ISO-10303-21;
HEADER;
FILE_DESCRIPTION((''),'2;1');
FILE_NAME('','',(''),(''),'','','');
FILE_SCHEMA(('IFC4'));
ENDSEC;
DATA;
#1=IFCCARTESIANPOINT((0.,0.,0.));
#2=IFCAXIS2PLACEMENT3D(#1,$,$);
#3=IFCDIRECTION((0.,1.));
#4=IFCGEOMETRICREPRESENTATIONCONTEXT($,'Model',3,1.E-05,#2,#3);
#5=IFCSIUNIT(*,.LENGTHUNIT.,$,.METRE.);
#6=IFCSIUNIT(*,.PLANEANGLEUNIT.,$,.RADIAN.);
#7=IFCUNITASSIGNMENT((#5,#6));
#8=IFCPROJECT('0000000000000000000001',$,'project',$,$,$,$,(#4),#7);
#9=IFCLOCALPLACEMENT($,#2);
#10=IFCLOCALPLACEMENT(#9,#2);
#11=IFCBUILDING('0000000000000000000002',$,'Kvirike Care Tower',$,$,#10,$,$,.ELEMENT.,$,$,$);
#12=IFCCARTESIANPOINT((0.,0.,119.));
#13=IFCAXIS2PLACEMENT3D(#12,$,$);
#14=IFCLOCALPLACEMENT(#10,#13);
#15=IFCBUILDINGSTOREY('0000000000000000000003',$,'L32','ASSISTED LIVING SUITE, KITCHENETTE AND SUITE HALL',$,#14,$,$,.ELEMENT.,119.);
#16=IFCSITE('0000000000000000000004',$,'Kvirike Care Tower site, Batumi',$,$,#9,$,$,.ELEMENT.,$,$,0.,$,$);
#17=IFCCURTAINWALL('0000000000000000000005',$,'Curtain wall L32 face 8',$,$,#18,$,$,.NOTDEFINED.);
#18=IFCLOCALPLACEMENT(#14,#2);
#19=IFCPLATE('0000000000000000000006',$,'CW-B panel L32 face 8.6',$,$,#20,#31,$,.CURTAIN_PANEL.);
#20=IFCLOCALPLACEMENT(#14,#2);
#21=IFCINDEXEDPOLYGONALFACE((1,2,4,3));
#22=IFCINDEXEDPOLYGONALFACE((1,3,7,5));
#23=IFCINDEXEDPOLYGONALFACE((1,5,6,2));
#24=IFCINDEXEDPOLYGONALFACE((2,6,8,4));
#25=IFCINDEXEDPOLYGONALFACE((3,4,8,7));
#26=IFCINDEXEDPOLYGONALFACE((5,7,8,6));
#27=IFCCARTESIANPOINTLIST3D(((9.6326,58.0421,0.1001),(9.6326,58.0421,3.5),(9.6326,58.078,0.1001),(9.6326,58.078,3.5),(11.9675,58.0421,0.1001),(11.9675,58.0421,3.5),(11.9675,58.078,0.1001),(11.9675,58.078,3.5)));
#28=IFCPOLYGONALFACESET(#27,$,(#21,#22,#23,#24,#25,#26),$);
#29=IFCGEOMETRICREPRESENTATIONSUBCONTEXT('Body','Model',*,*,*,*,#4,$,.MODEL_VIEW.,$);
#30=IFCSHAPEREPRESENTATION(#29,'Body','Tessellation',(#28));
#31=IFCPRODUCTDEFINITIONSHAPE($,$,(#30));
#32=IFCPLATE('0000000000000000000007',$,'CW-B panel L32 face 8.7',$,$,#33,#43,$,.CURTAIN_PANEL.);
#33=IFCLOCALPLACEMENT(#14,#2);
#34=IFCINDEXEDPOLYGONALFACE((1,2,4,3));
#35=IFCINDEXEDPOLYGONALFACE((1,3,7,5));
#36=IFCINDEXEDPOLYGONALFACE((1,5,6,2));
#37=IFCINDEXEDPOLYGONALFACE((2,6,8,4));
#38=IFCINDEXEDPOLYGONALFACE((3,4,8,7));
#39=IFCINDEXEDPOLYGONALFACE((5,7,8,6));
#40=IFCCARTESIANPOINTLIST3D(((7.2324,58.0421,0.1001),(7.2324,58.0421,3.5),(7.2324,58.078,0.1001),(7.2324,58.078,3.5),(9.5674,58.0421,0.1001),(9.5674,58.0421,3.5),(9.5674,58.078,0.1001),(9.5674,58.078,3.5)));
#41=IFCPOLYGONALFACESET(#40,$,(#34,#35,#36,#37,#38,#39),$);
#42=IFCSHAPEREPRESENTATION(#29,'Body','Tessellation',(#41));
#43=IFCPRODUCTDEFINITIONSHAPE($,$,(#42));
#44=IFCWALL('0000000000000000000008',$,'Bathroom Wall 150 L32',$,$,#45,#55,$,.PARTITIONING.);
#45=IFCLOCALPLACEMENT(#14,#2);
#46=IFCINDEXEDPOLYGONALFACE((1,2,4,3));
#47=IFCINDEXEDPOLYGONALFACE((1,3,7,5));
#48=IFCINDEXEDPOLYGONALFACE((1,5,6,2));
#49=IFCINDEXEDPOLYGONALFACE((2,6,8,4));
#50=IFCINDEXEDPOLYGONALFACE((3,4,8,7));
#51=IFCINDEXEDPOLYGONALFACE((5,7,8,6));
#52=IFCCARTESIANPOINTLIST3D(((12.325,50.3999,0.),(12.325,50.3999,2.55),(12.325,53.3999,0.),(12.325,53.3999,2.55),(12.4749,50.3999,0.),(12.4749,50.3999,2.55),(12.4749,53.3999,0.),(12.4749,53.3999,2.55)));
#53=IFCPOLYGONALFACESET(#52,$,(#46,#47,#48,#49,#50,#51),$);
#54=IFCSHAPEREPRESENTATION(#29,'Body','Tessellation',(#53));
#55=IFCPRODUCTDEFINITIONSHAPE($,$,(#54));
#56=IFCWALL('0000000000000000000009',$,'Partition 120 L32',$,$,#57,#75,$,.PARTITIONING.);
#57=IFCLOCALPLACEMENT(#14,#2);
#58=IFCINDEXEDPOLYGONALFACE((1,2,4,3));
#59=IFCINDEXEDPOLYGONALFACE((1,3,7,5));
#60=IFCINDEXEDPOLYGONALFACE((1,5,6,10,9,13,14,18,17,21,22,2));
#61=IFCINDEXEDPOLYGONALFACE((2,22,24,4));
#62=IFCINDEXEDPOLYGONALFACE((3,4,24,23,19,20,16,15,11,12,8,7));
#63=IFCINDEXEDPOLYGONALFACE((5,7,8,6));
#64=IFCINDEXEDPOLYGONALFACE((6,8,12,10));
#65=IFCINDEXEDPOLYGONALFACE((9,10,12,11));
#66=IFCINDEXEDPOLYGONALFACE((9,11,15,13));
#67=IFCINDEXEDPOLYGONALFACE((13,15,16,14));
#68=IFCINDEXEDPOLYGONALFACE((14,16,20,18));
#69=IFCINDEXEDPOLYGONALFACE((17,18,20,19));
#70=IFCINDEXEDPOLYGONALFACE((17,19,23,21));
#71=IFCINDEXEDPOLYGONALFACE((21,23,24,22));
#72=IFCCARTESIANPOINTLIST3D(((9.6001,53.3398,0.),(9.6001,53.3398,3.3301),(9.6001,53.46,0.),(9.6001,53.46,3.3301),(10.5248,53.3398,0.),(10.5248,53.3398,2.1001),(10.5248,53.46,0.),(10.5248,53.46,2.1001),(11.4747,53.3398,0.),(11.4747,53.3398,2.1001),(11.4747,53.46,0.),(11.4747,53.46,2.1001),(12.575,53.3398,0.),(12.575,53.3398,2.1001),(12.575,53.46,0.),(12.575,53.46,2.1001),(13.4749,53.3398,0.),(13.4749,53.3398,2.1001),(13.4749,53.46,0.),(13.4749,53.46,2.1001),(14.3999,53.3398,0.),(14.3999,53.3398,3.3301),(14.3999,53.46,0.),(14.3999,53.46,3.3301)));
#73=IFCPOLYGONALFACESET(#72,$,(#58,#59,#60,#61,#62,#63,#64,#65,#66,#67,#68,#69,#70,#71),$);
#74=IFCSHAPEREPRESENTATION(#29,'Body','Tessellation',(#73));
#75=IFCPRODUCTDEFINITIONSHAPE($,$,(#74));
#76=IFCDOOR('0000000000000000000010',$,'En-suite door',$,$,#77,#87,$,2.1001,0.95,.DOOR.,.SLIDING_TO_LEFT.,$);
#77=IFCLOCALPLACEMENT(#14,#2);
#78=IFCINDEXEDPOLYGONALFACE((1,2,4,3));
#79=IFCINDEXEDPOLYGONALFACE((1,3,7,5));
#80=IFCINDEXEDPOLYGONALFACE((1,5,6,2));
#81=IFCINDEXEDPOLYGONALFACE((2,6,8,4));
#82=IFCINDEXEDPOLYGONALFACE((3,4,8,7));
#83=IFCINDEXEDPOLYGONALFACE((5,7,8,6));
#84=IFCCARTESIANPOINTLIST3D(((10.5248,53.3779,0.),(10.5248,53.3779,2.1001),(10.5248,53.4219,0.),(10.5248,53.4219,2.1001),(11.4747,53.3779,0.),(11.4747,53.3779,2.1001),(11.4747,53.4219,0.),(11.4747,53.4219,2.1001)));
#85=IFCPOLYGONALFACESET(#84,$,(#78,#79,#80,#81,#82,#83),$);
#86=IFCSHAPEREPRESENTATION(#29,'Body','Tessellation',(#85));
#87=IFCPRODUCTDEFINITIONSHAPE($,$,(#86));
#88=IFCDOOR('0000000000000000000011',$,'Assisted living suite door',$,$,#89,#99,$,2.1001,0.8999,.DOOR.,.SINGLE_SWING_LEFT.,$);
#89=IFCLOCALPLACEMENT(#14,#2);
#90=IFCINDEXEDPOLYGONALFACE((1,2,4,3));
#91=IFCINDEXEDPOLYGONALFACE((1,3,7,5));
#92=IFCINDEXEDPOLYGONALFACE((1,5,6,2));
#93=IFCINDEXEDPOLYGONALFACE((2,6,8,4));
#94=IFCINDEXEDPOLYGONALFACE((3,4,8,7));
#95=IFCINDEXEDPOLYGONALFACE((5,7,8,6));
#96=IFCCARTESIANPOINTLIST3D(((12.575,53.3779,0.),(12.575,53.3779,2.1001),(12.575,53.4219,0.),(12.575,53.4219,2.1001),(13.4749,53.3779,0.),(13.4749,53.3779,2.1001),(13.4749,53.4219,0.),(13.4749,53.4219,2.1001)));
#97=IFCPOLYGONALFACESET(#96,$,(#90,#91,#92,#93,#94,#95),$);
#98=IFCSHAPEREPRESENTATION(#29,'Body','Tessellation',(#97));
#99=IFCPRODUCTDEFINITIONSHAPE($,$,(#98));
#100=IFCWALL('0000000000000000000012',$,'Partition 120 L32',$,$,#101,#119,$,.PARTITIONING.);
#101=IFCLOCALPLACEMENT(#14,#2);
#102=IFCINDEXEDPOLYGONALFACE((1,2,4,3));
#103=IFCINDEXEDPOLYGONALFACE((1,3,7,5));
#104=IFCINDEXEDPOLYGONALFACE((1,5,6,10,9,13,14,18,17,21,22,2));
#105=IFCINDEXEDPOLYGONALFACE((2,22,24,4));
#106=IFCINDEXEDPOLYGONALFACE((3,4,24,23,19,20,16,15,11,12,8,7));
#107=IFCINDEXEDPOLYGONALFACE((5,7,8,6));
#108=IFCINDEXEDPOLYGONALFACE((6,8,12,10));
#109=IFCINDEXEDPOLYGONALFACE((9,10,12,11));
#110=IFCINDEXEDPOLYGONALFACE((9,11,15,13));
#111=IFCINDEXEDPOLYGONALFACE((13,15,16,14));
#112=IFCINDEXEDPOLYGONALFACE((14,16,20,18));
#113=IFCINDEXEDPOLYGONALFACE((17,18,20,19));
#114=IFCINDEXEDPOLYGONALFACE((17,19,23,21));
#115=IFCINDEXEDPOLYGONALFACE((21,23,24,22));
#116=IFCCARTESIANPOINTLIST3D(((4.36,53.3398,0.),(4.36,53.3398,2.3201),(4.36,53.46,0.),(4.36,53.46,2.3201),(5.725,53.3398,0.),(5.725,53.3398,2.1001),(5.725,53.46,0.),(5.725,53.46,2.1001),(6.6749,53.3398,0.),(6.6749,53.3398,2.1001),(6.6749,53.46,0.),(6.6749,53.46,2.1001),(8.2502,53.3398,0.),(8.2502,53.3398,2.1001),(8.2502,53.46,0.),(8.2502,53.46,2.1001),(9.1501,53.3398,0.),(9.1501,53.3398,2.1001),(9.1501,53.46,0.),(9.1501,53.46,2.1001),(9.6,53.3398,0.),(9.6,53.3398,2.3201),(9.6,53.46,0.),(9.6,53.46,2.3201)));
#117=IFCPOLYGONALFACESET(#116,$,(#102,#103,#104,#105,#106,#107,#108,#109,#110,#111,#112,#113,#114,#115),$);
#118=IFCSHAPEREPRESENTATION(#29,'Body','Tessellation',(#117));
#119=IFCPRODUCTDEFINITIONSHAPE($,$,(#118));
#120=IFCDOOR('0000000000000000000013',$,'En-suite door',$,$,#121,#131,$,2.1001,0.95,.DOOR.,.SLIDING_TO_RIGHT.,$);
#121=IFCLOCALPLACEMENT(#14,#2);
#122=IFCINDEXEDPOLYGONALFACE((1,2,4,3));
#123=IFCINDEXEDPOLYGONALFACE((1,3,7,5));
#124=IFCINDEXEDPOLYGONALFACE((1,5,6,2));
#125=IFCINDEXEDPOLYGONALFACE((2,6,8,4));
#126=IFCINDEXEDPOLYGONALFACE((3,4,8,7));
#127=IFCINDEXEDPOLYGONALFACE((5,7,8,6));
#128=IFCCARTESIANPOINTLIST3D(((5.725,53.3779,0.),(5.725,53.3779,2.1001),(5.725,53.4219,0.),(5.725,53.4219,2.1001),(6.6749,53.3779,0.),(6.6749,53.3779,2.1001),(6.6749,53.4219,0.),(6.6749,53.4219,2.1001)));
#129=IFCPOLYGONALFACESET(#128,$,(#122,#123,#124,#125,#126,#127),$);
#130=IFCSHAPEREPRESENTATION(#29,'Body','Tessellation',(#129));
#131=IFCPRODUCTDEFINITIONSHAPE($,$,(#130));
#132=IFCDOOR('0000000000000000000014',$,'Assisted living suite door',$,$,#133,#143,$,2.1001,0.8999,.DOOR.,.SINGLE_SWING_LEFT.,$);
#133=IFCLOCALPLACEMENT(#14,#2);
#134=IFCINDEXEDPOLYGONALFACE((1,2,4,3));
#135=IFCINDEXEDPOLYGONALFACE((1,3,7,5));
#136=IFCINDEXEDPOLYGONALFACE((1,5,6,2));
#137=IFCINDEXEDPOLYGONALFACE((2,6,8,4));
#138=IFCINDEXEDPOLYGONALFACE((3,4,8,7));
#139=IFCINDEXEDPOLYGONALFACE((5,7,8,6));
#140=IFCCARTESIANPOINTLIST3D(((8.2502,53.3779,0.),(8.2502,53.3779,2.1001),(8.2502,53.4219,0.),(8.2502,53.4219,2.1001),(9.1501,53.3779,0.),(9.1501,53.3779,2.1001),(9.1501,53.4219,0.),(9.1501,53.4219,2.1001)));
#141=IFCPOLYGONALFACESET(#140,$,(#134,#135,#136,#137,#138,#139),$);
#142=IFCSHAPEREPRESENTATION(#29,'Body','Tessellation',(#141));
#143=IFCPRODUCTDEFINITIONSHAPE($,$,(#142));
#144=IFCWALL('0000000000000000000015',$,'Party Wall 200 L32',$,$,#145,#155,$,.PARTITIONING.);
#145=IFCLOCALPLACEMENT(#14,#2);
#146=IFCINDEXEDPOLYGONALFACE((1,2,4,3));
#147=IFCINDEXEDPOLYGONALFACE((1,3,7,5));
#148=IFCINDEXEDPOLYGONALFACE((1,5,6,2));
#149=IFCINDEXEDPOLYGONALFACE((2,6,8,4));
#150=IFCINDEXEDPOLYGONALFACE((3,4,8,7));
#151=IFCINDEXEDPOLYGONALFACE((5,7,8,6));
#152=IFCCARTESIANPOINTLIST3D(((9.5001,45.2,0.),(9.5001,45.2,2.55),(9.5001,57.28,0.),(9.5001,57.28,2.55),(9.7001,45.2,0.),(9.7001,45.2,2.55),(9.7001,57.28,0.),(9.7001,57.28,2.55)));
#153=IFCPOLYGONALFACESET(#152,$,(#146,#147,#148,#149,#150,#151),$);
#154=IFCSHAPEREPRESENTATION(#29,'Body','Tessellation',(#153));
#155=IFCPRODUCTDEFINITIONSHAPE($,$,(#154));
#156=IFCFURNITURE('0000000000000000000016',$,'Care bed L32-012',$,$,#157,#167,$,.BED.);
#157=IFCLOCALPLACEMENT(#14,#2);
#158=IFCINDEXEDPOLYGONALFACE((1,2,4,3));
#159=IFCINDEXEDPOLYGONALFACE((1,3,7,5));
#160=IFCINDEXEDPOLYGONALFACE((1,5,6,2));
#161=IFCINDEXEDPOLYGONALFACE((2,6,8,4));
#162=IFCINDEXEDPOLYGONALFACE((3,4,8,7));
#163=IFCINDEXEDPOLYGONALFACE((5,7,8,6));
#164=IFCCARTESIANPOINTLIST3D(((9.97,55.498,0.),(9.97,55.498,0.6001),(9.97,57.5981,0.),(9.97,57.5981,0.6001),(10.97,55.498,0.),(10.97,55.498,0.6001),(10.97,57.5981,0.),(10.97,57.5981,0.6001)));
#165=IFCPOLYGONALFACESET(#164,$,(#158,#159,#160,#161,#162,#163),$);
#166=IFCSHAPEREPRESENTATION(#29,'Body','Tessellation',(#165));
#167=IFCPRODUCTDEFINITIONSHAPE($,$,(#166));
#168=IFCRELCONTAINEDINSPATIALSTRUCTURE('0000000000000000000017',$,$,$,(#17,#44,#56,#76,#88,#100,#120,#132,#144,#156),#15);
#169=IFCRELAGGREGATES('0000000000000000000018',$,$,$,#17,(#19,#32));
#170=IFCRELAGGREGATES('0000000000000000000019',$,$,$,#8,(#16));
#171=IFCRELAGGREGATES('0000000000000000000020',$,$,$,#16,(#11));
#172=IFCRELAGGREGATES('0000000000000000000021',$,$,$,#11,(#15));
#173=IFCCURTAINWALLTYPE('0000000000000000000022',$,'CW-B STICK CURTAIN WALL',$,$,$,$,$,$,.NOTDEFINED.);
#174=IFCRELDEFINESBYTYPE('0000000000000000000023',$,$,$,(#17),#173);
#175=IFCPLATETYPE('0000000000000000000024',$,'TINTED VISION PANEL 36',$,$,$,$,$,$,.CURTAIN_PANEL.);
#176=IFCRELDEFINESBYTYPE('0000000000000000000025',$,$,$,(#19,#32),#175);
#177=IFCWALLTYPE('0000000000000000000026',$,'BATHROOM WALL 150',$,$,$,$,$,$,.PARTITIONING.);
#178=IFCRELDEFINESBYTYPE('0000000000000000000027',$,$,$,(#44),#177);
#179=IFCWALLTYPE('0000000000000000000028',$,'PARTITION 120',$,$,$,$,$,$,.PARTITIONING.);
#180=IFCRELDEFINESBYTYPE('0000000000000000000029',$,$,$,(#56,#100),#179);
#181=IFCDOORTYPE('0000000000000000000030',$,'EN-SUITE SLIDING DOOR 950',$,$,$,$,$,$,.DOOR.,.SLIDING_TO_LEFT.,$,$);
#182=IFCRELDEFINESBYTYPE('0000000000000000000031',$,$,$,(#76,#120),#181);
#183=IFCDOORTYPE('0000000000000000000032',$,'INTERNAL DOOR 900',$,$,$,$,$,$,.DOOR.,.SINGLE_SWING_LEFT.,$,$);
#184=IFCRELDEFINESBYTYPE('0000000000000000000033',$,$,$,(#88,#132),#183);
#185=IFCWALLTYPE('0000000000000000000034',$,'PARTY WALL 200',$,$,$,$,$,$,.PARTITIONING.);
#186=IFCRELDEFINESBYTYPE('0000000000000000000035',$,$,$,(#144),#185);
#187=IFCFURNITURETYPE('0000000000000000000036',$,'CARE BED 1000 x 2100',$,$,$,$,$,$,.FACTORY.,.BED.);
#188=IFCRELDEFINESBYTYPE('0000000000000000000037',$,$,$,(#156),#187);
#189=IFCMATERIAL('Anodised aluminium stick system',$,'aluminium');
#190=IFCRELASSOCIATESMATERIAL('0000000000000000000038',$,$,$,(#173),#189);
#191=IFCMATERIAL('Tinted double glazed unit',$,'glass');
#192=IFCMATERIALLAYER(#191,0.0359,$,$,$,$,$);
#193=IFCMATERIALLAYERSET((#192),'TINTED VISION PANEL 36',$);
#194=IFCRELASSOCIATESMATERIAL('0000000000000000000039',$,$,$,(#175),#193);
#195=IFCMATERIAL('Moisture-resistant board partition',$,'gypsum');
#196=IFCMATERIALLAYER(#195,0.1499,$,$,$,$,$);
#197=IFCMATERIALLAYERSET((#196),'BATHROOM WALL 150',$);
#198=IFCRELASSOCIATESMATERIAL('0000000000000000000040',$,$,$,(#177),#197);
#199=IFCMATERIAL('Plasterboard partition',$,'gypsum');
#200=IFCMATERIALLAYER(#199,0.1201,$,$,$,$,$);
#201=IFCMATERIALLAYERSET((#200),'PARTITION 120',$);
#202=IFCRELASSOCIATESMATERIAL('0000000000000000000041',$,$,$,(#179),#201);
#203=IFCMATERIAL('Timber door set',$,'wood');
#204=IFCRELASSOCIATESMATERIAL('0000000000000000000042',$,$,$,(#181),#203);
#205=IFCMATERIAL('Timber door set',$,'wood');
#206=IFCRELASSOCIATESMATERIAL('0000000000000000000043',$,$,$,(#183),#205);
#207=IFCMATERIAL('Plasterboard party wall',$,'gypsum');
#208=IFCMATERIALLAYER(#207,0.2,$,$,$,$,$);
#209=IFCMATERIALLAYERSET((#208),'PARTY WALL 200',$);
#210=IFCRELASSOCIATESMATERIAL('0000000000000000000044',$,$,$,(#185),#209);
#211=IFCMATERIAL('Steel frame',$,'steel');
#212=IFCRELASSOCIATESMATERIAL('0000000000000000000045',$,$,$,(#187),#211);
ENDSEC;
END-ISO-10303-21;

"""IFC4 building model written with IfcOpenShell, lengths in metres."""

from ifc_helpers import new_model, si_unit, direction, frame, frame_2d, origin, origin_2d, place, context, subcontext, project, spatial, rectangle, extrude, material, layer, layer_set, type_object, element, fill, aggregate, save


model = new_model("IFC4")

# Units and contexts
model_context = context("Model", 3, precision=1e-05, world=origin(), true_north=direction((0.0, 1.0)))
body_context = subcontext(model_context, "Body", "Model", "MODEL_VIEW")
ifc_project = project(units=[si_unit("LENGTHUNIT", "METRE"), si_unit("PLANEANGLEUNIT", "RADIAN")], contexts=[model_context])

# Site, building, storey
site_placement = place(None, origin())
site = spatial("IfcSite", under=ifc_project, at=site_placement, Name="Kvirike Care Tower site, Batumi", CompositionType="ELEMENT", RefElevation=0.0)
building_placement = place(site_placement, origin())
building = spatial("IfcBuilding", under=site, at=building_placement, Name="Kvirike Care Tower", CompositionType="ELEMENT")
storey_placement = place(building_placement, frame((0.0, 0.0, 119.0)))
storey = spatial("IfcBuildingStorey", under=building, at=storey_placement, Name="L32", Description="ASSISTED LIVING SUITE, KITCHENETTE AND SUITE HALL", CompositionType="ELEMENT", Elevation=119.0)

# Curtain wall
ifc_material_1 = material(Name="Anodised aluminium stick system", Category="aluminium")
curtain_wall_type = type_object("IfcCurtainWallType", Name="CW-B STICK CURTAIN WALL", PredefinedType="NOTDEFINED", material=ifc_material_1)
curtain_wall_placement = place(storey_placement, origin())
curtain_wall = element("IfcCurtainWall", 1, at=curtain_wall_placement, inside=storey, type_object=curtain_wall_type, Name="Curtain wall L32 face 8", PredefinedType="NOTDEFINED")

# Plates
ifc_material_2 = material(Name="Tinted double glazed unit", Category="glass")
ifc_layer_1 = layer(ifc_material_2, 0.0359)
ifc_layer_set_1 = layer_set([ifc_layer_1], Name="TINTED VISION PANEL 36")
plate_type = type_object("IfcPlateType", Name="TINTED VISION PANEL 36", PredefinedType="CURTAIN_PANEL", material=ifc_layer_set_1)
plate_1_placement = place(storey_placement, frame((10.8, 58.0601, 0.1001), z_axis=(0.0, 0.0, 1.0), x_axis=(-1.0, 0.0, 0.0)))
plate_1 = element("IfcPlate", 2, at=plate_1_placement, type_object=plate_type, Name="CW-B panel L32 face 8.6", PredefinedType="CURTAIN_PANEL", context=body_context, shape_type="SweptSolid", body=[
    extrude(rectangle(XDim=2.335, YDim=0.0359, at=origin_2d()), origin(), (0.0, 0.0, 1.0), 3.3999),
])
plate_2_placement = place(storey_placement, frame((8.3999, 58.0601, 0.1001), z_axis=(0.0, 0.0, 1.0), x_axis=(-1.0, 0.0, 0.0)))
plate_2 = element("IfcPlate", 3, at=plate_2_placement, type_object=plate_type, Name="CW-B panel L32 face 8.7", PredefinedType="CURTAIN_PANEL", context=body_context, shape_type="SweptSolid", body=[
    extrude(rectangle(XDim=2.335, YDim=0.0359, at=origin_2d()), origin(), (0.0, 0.0, 1.0), 3.3999),
])
aggregate(curtain_wall, [plate_1, plate_2])

# Wall
ifc_material_3 = material(Name="Moisture-resistant board partition", Category="gypsum")
ifc_layer_2 = layer(ifc_material_3, 0.1499)
ifc_layer_set_2 = layer_set([ifc_layer_2], Name="BATHROOM WALL 150")
wall_type_1 = type_object("IfcWallType", Name="BATHROOM WALL 150", PredefinedType="PARTITIONING", material=ifc_layer_set_2)
wall_1_placement = place(storey_placement, frame((12.3999, 53.3999, 0.0), z_axis=(0.0, 0.0, 1.0), x_axis=(0.0, -1.0, 0.0)))
element("IfcWall", 4, at=wall_1_placement, inside=storey, type_object=wall_type_1, Name="Bathroom Wall 150 L32", PredefinedType="PARTITIONING", context=body_context, shape_type="SweptSolid", body=[
    extrude(rectangle(XDim=3.0, YDim=0.1499, at=frame_2d((1.5, 0.0))), origin(), (0.0, 0.0, 1.0), 2.55),
])

# Walls, openings, doors
ifc_material_4 = material(Name="Plasterboard partition", Category="gypsum")
ifc_layer_3 = layer(ifc_material_4, 0.1201)
ifc_layer_set_3 = layer_set([ifc_layer_3], Name="PARTITION 120")
wall_type_2 = type_object("IfcWallType", Name="PARTITION 120", PredefinedType="PARTITIONING", material=ifc_layer_set_3)
wall_2_placement = place(storey_placement, frame((14.3999, 53.3999, 0.0), z_axis=(0.0, 0.0, 1.0), x_axis=(-1.0, 0.0, 0.0)))
wall_2 = element("IfcWall", 5, at=wall_2_placement, inside=storey, type_object=wall_type_2, Name="Partition 120 L32", PredefinedType="PARTITIONING", context=body_context, shape_type="SweptSolid", body=[
    extrude(rectangle(XDim=4.7998, YDim=0.1201, at=frame_2d((2.3999, 0.0))), origin(), (0.0, 0.0, 1.0), 3.3301),
])
opening_1_placement = place(wall_2_placement, frame((0.925, 0.0, 0.0)))
opening_1 = element("IfcOpeningElement", 6, at=opening_1_placement, cuts=wall_2, PredefinedType="OPENING", context=body_context, shape_type="SweptSolid", body=[
    extrude(rectangle(XDim=0.8999, YDim=2.1001, at=frame_2d((0.45, 1.05))), frame((0.0, 0.0706, 0.0), z_axis=(0.0, -1.0, 0.0), x_axis=(1.0, 0.0, 0.0)), (0.0, 0.0, 1.0), 0.1411),
])
opening_2_placement = place(wall_2_placement, frame((2.925, 0.0, 0.0)))
opening_2 = element("IfcOpeningElement", 7, at=opening_2_placement, cuts=wall_2, PredefinedType="OPENING", context=body_context, shape_type="SweptSolid", body=[
    extrude(rectangle(XDim=0.95, YDim=2.1001, at=frame_2d((0.4751, 1.05))), frame((0.0, 0.0706, 0.0), z_axis=(0.0, -1.0, 0.0), x_axis=(1.0, 0.0, 0.0)), (0.0, 0.0, 1.0), 0.1411),
])
ifc_material_5 = material(Name="Timber door set", Category="wood")
door_type_1 = type_object("IfcDoorType", Name="EN-SUITE SLIDING DOOR 950", OperationType="SLIDING_TO_LEFT", PredefinedType="DOOR", material=ifc_material_5)
door_1_placement = place(opening_2_placement, origin())
door_1 = element("IfcDoor", 8, at=door_1_placement, inside=storey, type_object=door_type_1, Name="En-suite door", OperationType="SLIDING_TO_LEFT", OverallHeight=2.1001, OverallWidth=0.95, PredefinedType="DOOR", context=body_context, shape_type="SweptSolid", body=[
    extrude(rectangle(XDim=0.95, YDim=2.1001, at=frame_2d((0.4751, 1.05))), frame((0.0, 0.022, 0.0), z_axis=(0.0, -1.0, 0.0), x_axis=(1.0, 0.0, 0.0)), (0.0, 0.0, 1.0), 0.0439),
])
fill(opening_2, door_1)
ifc_material_6 = material(Name="Timber door set", Category="wood")
door_type_2 = type_object("IfcDoorType", Name="INTERNAL DOOR 900", OperationType="SINGLE_SWING_LEFT", PredefinedType="DOOR", material=ifc_material_6)
door_2_placement = place(opening_1_placement, origin())
door_2 = element("IfcDoor", 9, at=door_2_placement, inside=storey, type_object=door_type_2, Name="Assisted living suite door", OperationType="SINGLE_SWING_LEFT", OverallHeight=2.1001, OverallWidth=0.8999, PredefinedType="DOOR", context=body_context, shape_type="SweptSolid", body=[
    extrude(rectangle(XDim=0.8999, YDim=2.1001, at=frame_2d((0.45, 1.05))), frame((0.0, 0.022, 0.0), z_axis=(0.0, -1.0, 0.0), x_axis=(1.0, 0.0, 0.0)), (0.0, 0.0, 1.0), 0.0439),
])
fill(opening_1, door_2)
wall_3_placement = place(storey_placement, frame((9.6001, 53.3999, 0.0), z_axis=(0.0, 0.0, 1.0), x_axis=(-1.0, 0.0, 0.0)))
wall_3 = element("IfcWall", 10, at=wall_3_placement, inside=storey, type_object=wall_type_2, Name="Partition 120 L32", PredefinedType="PARTITIONING", context=body_context, shape_type="SweptSolid", body=[
    extrude(rectangle(XDim=5.24, YDim=0.1201, at=frame_2d((2.6201, 0.0))), origin(), (0.0, 0.0, 1.0), 2.3201),
])
opening_3_placement = place(wall_3_placement, frame((0.45, 0.0, 0.0)))
opening_3 = element("IfcOpeningElement", 11, at=opening_3_placement, cuts=wall_3, PredefinedType="OPENING", context=body_context, shape_type="SweptSolid", body=[
    extrude(rectangle(XDim=0.8999, YDim=2.1001, at=frame_2d((0.45, 1.05))), frame((0.0, 0.0706, 0.0), z_axis=(0.0, -1.0, 0.0), x_axis=(1.0, 0.0, 0.0)), (0.0, 0.0, 1.0), 0.1411),
])
opening_4_placement = place(wall_3_placement, frame((2.925, 0.0, 0.0)))
opening_4 = element("IfcOpeningElement", 12, at=opening_4_placement, cuts=wall_3, PredefinedType="OPENING", context=body_context, shape_type="SweptSolid", body=[
    extrude(rectangle(XDim=0.95, YDim=2.1001, at=frame_2d((0.4751, 1.05))), frame((0.0, 0.0706, 0.0), z_axis=(0.0, -1.0, 0.0), x_axis=(1.0, 0.0, 0.0)), (0.0, 0.0, 1.0), 0.1411),
])
door_3_placement = place(opening_4_placement, origin())
door_3 = element("IfcDoor", 13, at=door_3_placement, inside=storey, type_object=door_type_1, Name="En-suite door", OperationType="SLIDING_TO_RIGHT", OverallHeight=2.1001, OverallWidth=0.95, PredefinedType="DOOR", context=body_context, shape_type="SweptSolid", body=[
    extrude(rectangle(XDim=0.95, YDim=2.1001, at=frame_2d((0.4751, 1.05))), frame((0.0, 0.022, 0.0), z_axis=(0.0, -1.0, 0.0), x_axis=(1.0, 0.0, 0.0)), (0.0, 0.0, 1.0), 0.0439),
])
fill(opening_4, door_3)
door_4_placement = place(opening_3_placement, frame((0.8999, 0.0, 0.0), z_axis=(0.0, 0.0, 1.0), x_axis=(-1.0, 0.0, 0.0)))
door_4 = element("IfcDoor", 14, at=door_4_placement, inside=storey, type_object=door_type_2, Name="Assisted living suite door", OperationType="SINGLE_SWING_LEFT", OverallHeight=2.1001, OverallWidth=0.8999, PredefinedType="DOOR", context=body_context, shape_type="SweptSolid", body=[
    extrude(rectangle(XDim=0.8999, YDim=2.1001, at=frame_2d((0.45, 1.05))), frame((0.0, 0.022, 0.0), z_axis=(0.0, -1.0, 0.0), x_axis=(1.0, 0.0, 0.0)), (0.0, 0.0, 1.0), 0.0439),
])
fill(opening_3, door_4)

# Wall
ifc_material_7 = material(Name="Plasterboard party wall", Category="gypsum")
ifc_layer_4 = layer(ifc_material_7, 0.2)
ifc_layer_set_4 = layer_set([ifc_layer_4], Name="PARTY WALL 200")
wall_type_3 = type_object("IfcWallType", Name="PARTY WALL 200", PredefinedType="PARTITIONING", material=ifc_layer_set_4)
wall_4_placement = place(storey_placement, frame((9.6001, 57.28, 0.0), z_axis=(0.0, 0.0, 1.0), x_axis=(0.0, -1.0, 0.0)))
element("IfcWall", 15, at=wall_4_placement, inside=storey, type_object=wall_type_3, Name="Party Wall 200 L32", PredefinedType="PARTITIONING", context=body_context, shape_type="SweptSolid", body=[
    extrude(rectangle(XDim=12.0801, YDim=0.2, at=frame_2d((6.04, 0.0))), origin(), (0.0, 0.0, 1.0), 2.55),
])

# Furniture
ifc_material_8 = material(Name="Steel frame", Category="steel")
furniture_type = type_object("IfcFurnitureType", Name="CARE BED 1000 x 2100", AssemblyPlace="FACTORY", PredefinedType="BED", material=ifc_material_8)
for number, where, z_axis, x_axis, name in (
    (16, (10.47, 56.5481, 0.0), (0.0, 0.0, 1.0), (1.0, 0.0, 0.0), "Care bed L32-012"),
):
    element("IfcFurniture", number, at=place(storey_placement, frame(where, z_axis=z_axis, x_axis=x_axis)), inside=storey, type_object=furniture_type, Name=name, PredefinedType="BED", context=body_context, shape_type="SweptSolid", body=[
        extrude(rectangle(XDim=1.0, YDim=2.1001, at=origin_2d()), origin(), (0.0, 0.0, 1.0), 0.6001),
    ])

save(model, "model.ifc")
